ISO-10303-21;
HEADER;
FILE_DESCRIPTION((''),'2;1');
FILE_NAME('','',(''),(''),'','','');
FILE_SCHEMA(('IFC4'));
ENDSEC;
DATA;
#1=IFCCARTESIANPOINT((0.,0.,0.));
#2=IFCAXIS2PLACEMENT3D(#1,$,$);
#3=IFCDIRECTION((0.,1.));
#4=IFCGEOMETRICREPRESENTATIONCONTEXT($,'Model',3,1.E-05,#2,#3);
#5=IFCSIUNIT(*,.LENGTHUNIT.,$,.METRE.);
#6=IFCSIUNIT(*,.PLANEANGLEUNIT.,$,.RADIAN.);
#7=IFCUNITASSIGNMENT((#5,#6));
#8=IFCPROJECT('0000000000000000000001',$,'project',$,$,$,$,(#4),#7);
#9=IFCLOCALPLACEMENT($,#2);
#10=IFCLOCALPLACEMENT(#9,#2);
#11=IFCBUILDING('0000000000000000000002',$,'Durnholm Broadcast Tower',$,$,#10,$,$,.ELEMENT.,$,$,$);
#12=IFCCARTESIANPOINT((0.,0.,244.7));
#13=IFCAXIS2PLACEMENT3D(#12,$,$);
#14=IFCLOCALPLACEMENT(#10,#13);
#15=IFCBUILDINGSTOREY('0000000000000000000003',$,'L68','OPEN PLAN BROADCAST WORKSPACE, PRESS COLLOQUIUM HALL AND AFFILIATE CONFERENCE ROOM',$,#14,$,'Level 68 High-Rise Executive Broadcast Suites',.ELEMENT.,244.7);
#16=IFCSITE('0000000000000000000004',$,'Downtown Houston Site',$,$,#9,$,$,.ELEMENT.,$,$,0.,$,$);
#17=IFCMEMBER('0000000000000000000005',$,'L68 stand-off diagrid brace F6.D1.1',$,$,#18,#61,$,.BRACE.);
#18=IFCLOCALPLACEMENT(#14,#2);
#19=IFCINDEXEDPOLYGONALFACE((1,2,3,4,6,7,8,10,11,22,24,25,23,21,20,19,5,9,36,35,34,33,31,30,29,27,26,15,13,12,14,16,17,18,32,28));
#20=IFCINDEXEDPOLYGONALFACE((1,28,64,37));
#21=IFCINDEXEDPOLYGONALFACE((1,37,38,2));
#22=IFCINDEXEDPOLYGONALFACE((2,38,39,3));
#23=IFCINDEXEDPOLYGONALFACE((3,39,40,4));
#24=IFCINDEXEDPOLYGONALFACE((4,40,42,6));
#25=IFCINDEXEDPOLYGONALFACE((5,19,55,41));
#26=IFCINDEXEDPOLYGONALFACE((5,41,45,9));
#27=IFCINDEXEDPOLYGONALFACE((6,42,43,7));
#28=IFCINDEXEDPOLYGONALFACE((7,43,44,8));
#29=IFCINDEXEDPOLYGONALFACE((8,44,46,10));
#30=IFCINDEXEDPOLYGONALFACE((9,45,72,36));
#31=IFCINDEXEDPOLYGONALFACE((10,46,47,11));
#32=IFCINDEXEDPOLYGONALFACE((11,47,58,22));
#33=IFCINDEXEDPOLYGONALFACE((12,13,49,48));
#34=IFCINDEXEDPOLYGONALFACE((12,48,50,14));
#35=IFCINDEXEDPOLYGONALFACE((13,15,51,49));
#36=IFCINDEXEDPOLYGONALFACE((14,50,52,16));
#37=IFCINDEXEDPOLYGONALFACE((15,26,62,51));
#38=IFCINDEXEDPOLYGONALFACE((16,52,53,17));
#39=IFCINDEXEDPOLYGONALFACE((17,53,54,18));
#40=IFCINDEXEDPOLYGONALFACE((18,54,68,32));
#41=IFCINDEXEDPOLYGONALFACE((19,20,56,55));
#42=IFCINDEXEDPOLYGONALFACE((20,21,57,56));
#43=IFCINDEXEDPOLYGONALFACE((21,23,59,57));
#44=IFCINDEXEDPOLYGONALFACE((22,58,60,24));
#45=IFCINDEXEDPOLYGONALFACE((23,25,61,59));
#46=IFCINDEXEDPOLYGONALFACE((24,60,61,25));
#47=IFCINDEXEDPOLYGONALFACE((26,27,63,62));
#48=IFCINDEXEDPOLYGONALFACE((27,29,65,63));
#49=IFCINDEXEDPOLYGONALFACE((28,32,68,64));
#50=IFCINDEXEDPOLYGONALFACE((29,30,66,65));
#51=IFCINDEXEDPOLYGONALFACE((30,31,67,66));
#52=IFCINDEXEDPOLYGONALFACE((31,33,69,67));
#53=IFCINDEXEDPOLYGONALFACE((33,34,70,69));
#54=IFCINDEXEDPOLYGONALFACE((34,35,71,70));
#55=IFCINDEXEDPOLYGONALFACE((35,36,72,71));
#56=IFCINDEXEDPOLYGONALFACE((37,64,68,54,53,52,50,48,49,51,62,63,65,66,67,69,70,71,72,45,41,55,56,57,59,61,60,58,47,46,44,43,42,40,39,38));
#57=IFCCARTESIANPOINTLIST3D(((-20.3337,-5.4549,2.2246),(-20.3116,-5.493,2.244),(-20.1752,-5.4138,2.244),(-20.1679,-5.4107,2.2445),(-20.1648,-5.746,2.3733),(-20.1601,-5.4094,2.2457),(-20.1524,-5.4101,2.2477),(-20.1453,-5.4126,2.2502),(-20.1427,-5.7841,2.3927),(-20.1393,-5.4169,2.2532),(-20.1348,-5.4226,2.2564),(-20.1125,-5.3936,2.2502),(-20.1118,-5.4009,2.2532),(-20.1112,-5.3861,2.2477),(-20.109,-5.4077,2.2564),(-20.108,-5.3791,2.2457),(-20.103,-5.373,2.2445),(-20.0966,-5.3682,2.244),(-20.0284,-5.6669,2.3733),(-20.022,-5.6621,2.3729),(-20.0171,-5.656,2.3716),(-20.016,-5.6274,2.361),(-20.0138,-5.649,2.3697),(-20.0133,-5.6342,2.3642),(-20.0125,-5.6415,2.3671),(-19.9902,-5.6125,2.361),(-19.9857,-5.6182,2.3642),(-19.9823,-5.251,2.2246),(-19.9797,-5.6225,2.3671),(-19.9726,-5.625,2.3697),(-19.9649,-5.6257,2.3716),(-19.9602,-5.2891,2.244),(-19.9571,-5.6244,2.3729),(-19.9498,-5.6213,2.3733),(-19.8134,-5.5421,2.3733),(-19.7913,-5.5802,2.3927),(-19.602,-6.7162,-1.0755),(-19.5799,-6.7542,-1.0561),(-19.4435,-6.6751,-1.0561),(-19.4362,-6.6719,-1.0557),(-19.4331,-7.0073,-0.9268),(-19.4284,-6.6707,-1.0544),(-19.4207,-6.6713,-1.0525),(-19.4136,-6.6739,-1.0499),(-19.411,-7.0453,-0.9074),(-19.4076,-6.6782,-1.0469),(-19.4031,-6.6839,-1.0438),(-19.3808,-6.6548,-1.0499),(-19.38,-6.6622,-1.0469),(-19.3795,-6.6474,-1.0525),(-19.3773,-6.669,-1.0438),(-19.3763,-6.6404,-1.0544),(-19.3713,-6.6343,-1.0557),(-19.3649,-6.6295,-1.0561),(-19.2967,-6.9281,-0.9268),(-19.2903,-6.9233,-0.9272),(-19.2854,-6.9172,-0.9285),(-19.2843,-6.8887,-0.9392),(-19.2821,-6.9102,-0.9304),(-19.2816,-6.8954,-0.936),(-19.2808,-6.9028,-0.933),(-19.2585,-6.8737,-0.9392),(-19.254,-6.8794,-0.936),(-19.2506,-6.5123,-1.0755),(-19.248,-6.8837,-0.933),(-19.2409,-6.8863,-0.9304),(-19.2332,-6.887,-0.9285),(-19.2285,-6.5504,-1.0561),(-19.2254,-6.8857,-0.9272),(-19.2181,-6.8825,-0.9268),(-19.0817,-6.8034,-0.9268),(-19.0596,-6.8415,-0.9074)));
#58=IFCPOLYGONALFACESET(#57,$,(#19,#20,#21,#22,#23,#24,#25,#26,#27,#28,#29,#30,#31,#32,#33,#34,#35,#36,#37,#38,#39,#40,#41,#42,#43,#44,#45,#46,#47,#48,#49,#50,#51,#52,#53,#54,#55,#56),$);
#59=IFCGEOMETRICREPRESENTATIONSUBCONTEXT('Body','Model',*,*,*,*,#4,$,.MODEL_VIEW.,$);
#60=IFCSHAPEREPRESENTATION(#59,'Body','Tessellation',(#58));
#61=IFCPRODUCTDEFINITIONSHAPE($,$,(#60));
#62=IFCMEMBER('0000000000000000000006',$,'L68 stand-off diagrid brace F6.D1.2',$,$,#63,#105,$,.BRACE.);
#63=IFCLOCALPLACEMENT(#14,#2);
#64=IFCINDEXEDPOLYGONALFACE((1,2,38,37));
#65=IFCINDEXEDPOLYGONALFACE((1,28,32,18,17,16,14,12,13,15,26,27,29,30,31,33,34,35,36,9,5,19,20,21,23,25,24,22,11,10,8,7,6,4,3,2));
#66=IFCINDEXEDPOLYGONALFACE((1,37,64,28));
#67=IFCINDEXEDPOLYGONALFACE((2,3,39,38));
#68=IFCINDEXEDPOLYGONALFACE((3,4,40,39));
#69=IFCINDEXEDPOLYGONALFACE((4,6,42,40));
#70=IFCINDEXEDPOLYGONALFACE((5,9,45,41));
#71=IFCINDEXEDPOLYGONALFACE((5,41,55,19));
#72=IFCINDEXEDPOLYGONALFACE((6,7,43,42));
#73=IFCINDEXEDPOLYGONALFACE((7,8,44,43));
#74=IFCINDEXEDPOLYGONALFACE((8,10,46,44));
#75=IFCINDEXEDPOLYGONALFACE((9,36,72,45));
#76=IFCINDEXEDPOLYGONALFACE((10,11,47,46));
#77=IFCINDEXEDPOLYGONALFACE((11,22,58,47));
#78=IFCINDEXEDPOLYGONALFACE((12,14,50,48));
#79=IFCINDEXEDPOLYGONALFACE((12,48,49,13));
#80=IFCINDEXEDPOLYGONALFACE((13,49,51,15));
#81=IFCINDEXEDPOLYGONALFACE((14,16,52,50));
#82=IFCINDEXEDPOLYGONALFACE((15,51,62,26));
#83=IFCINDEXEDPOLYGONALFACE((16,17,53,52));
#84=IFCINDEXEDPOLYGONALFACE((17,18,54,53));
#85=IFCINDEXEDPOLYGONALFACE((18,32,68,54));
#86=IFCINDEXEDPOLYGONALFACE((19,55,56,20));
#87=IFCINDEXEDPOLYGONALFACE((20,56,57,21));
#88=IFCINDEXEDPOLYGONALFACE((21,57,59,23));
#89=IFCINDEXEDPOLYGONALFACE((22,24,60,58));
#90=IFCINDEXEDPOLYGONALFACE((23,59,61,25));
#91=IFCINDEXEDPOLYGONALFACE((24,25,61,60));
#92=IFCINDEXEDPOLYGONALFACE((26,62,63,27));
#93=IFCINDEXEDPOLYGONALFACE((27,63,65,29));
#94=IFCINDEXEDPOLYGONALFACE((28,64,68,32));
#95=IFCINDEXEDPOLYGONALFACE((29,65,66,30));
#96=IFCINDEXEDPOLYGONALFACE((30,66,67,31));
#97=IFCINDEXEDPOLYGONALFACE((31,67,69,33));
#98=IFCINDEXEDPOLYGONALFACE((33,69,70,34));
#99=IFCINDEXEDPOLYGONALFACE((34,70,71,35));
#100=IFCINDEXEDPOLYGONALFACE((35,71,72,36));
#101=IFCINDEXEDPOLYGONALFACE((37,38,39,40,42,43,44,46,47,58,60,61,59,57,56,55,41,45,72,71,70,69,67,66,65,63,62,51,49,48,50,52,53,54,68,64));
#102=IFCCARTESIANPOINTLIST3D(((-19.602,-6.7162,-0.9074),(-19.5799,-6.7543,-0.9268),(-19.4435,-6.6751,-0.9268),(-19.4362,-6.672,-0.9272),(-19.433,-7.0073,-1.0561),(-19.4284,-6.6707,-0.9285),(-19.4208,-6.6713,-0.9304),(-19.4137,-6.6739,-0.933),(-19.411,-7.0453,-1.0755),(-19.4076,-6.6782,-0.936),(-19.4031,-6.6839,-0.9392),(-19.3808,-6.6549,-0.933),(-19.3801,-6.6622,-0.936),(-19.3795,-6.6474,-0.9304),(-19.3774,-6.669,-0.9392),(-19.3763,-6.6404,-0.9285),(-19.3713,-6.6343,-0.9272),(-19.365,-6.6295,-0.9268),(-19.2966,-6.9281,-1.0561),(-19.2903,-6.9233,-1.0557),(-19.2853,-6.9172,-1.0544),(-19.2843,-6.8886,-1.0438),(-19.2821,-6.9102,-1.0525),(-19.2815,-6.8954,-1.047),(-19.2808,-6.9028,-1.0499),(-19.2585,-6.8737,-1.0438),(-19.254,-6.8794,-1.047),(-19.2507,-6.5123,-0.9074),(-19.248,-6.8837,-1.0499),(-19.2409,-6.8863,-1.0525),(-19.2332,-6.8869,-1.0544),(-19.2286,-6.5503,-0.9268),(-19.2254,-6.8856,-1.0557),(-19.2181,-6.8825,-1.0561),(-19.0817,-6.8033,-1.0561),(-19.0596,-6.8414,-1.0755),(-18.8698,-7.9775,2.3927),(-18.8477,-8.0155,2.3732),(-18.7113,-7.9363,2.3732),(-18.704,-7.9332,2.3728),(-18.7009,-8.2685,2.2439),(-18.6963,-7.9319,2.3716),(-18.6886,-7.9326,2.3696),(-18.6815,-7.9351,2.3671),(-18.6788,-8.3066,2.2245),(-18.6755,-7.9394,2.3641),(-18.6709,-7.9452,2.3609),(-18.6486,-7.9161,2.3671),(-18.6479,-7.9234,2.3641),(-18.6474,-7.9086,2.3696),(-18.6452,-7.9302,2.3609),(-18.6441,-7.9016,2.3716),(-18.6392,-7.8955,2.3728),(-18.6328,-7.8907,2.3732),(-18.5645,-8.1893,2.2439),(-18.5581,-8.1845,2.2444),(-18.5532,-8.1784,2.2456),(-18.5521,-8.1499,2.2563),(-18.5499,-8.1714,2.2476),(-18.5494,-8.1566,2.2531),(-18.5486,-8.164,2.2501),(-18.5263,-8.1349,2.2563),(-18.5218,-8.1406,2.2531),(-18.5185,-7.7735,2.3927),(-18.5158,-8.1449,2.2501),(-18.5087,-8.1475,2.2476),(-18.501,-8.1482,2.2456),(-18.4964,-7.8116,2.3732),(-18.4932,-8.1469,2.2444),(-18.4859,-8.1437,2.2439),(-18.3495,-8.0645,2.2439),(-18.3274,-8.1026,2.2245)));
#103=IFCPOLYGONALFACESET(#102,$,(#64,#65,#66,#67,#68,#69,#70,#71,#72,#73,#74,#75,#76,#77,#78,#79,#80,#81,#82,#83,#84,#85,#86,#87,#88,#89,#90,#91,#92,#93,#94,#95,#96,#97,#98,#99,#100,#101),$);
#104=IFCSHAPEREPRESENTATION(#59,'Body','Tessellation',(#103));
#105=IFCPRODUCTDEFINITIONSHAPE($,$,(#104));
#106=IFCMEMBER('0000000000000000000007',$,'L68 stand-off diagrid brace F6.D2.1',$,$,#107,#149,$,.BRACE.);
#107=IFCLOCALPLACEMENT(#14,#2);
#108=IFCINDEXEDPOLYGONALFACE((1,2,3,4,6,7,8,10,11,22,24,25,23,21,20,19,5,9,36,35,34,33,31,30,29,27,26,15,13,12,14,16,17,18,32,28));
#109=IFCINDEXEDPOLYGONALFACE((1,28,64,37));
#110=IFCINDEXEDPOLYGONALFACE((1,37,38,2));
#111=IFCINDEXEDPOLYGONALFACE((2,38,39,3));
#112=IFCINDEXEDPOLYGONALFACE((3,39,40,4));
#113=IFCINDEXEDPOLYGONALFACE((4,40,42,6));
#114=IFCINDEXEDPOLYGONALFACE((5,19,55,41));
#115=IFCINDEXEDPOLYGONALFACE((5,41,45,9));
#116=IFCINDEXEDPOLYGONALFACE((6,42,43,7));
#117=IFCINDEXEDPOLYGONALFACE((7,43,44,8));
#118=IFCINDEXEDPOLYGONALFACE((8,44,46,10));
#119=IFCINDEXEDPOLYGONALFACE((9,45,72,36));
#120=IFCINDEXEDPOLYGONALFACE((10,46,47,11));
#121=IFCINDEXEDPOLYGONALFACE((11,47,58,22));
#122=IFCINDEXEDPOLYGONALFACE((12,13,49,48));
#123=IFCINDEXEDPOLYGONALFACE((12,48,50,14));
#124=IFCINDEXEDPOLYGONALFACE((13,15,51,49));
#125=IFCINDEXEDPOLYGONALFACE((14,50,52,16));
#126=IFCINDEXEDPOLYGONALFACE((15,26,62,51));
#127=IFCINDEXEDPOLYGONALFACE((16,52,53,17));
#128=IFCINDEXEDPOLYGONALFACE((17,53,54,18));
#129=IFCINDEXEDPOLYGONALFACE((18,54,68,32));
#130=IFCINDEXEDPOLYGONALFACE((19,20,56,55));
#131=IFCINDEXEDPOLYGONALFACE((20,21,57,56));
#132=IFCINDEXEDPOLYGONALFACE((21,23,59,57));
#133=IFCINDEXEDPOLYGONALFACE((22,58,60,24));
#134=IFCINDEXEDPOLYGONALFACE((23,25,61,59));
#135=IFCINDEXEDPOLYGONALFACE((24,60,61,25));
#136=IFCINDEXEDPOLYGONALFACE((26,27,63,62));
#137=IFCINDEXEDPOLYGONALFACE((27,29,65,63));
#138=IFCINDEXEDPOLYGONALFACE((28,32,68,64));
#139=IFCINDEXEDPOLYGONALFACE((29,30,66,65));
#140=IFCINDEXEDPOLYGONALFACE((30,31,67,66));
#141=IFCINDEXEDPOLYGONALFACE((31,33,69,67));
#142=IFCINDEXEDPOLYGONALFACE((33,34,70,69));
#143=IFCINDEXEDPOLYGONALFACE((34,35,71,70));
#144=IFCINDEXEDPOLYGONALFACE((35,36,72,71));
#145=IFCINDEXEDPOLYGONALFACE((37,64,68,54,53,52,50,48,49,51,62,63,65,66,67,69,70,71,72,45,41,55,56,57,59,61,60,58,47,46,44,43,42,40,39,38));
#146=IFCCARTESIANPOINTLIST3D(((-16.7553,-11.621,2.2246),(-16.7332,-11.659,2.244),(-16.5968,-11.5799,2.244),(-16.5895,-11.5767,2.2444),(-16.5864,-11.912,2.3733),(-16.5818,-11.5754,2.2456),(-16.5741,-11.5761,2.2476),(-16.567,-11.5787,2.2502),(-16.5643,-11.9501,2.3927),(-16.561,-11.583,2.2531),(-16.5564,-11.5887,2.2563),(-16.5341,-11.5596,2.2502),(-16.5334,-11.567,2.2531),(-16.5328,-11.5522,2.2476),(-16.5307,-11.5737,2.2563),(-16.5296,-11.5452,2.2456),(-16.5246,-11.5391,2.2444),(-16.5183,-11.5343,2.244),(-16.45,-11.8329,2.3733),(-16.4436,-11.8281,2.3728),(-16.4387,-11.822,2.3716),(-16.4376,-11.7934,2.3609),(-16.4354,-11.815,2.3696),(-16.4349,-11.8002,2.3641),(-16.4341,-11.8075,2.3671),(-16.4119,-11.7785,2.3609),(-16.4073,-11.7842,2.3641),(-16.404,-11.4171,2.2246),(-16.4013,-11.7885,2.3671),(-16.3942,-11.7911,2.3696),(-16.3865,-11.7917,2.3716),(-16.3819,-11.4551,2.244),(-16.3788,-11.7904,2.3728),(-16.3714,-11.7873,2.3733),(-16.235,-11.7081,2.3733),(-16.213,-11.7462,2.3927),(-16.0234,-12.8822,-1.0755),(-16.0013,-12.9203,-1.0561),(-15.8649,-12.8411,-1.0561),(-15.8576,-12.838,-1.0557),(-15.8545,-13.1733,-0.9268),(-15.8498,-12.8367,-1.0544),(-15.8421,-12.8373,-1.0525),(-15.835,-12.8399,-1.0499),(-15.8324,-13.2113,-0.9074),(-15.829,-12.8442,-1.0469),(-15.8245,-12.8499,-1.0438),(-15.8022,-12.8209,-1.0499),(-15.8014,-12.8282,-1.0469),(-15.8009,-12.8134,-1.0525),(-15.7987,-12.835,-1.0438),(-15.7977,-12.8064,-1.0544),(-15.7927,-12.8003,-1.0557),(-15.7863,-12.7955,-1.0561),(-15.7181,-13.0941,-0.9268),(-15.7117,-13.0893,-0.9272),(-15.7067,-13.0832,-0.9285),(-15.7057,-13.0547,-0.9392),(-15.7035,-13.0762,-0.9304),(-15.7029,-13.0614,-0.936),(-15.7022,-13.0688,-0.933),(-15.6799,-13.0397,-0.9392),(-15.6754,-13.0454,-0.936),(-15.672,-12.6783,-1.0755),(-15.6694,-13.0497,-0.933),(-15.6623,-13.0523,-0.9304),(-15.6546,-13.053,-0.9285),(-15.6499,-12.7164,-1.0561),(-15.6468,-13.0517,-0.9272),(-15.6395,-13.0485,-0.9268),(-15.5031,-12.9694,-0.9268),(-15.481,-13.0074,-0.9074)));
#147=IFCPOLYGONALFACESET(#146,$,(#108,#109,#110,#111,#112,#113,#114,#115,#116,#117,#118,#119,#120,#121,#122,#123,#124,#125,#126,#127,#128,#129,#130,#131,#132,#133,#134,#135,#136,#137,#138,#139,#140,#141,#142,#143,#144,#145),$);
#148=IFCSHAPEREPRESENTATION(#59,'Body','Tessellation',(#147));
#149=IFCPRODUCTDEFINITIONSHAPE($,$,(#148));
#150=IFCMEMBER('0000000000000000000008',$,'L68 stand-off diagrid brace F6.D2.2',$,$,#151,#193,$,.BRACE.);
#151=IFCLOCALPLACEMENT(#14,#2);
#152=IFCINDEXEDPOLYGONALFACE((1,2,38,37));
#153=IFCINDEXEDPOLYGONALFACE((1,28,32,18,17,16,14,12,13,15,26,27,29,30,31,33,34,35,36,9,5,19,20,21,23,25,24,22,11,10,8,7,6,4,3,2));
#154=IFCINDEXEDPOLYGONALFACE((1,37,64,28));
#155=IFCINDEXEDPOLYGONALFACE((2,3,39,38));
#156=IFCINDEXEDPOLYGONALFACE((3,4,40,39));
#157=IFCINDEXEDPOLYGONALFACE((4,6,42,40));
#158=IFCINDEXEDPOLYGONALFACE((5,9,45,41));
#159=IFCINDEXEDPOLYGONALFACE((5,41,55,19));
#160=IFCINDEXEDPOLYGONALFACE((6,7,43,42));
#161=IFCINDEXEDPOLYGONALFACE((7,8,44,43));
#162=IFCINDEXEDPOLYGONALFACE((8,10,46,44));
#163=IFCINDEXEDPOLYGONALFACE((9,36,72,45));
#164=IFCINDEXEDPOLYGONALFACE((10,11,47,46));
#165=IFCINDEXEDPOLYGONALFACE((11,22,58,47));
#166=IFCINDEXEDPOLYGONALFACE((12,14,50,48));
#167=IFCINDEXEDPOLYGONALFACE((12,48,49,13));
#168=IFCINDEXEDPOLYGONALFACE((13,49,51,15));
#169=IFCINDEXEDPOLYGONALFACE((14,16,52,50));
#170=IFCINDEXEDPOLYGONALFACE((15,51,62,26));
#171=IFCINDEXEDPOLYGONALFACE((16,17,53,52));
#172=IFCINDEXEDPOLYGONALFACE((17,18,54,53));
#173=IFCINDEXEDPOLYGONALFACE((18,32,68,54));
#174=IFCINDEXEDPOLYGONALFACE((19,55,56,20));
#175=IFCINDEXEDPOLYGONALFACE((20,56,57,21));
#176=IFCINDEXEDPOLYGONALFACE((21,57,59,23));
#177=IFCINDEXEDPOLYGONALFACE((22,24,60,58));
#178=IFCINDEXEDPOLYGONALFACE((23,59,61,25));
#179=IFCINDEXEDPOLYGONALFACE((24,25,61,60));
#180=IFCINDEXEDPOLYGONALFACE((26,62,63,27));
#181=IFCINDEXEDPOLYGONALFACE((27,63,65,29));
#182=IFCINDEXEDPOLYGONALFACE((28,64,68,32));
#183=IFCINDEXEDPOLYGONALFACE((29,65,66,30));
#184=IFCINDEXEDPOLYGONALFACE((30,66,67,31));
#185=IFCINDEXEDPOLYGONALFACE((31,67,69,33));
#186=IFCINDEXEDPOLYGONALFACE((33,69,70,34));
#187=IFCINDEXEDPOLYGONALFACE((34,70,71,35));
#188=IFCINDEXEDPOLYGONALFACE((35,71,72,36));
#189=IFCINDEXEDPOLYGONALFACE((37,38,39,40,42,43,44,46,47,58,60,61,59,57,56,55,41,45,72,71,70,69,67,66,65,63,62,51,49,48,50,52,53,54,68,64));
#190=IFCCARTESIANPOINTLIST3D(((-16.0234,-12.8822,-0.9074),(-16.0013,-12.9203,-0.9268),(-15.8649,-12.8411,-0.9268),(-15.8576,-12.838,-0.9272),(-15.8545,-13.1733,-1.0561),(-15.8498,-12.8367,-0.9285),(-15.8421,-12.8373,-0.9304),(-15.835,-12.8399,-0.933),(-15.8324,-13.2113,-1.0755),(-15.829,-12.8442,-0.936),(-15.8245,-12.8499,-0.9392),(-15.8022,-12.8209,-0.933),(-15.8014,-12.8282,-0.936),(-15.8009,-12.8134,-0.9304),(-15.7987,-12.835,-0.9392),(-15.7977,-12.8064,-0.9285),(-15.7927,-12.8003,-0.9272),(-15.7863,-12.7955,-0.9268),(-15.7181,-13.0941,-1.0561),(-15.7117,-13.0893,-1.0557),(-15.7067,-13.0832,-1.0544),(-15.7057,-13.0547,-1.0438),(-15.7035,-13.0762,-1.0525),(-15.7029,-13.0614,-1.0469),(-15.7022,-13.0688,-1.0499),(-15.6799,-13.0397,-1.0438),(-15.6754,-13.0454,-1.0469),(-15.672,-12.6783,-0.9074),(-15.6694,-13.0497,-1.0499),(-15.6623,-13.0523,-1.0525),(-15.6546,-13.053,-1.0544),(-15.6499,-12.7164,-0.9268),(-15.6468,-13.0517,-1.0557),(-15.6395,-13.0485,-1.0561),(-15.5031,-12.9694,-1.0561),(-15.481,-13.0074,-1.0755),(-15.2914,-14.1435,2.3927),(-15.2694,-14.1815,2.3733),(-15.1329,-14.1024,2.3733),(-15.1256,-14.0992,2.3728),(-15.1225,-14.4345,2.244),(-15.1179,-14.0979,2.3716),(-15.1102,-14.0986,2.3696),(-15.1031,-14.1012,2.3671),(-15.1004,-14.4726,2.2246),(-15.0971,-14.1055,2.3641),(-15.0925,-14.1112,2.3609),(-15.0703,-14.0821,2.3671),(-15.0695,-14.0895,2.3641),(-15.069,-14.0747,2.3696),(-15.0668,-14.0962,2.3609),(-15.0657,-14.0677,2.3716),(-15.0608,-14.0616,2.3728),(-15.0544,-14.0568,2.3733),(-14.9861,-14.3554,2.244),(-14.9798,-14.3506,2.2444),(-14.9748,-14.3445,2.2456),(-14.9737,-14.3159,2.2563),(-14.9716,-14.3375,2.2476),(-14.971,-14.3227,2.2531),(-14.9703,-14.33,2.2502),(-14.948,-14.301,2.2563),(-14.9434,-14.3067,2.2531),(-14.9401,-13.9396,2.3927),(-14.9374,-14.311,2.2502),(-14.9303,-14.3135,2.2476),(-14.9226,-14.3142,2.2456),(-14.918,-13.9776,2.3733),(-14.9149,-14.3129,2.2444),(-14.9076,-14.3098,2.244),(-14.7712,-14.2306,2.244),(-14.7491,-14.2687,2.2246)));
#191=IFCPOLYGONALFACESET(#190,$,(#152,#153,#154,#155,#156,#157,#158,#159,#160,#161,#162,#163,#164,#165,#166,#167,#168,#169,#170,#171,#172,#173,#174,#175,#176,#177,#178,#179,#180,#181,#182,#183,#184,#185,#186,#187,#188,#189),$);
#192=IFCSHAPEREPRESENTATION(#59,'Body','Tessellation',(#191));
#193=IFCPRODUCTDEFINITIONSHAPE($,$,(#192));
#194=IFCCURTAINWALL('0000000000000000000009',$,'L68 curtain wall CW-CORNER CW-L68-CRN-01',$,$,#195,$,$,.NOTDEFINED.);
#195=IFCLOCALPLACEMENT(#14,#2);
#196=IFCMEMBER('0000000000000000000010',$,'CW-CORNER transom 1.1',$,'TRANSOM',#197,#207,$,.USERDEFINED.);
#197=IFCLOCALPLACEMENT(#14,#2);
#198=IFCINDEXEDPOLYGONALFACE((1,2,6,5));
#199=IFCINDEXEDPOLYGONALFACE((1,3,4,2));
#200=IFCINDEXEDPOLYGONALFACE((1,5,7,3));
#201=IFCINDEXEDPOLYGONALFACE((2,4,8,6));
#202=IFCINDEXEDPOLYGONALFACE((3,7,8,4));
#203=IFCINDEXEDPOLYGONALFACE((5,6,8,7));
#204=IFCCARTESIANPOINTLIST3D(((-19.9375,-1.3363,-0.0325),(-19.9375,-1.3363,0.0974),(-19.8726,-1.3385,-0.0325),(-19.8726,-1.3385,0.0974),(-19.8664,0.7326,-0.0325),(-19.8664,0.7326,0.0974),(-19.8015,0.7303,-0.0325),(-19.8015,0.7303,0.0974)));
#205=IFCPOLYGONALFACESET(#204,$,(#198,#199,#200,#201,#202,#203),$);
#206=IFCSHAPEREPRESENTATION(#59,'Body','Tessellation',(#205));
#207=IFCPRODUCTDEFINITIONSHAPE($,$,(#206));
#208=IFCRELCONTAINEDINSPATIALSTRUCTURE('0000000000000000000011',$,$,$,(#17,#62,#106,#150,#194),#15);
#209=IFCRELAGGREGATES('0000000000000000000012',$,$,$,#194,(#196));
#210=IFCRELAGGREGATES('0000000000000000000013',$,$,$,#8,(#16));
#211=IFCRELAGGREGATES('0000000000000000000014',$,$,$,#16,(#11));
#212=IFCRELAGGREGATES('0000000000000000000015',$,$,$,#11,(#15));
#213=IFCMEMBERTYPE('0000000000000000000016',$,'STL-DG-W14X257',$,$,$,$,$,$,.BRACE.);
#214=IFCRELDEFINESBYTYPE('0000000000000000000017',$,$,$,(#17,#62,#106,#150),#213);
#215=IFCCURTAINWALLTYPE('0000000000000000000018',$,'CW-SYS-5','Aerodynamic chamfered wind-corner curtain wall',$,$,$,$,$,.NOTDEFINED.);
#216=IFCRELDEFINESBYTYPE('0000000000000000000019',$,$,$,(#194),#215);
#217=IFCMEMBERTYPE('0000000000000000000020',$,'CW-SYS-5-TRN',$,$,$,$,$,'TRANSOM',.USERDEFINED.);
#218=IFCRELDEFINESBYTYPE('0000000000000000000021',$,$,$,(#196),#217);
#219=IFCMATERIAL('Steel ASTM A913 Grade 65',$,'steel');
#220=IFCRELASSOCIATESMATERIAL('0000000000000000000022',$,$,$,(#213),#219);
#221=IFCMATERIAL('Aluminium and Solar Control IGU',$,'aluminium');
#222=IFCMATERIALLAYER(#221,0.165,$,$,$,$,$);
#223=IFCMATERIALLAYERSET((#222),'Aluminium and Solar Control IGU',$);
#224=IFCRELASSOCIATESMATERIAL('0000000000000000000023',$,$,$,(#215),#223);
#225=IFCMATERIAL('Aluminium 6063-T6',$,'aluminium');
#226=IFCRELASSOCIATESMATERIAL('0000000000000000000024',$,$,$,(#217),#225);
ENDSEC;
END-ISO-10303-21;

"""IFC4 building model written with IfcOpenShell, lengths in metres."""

from ifc_helpers import new_model, si_unit, direction, frame, origin, origin_2d, place, context, subcontext, project, spatial, rectangle, i_section, extrude, source, transform, mapped, material, layer, layer_set, material_profile, profile_set, type_object, type_shapes, element, aggregate, save


model = new_model("IFC4")

# Units and contexts
model_context = context("Model", 3, precision=1e-05, world=origin(), true_north=direction((0.0, 1.0)))
body_context = subcontext(model_context, "Body", "Model", "MODEL_VIEW")
ifc_project = project(units=[si_unit("LENGTHUNIT", "METRE"), si_unit("PLANEANGLEUNIT", "RADIAN")], contexts=[model_context])

# Site, building, storey
site_placement = place(None, origin())
site = spatial("IfcSite", under=ifc_project, at=site_placement, Name="Downtown Houston Site", CompositionType="ELEMENT", RefElevation=0.0)
building_placement = place(site_placement, origin())
building = spatial("IfcBuilding", under=site, at=building_placement, Name="Durnholm Broadcast Tower", CompositionType="ELEMENT")
storey_placement = place(building_placement, frame((0.0, 0.0, 244.7)))
storey = spatial("IfcBuildingStorey", under=building, at=storey_placement, Name="L68", Description="OPEN PLAN BROADCAST WORKSPACE, PRESS COLLOQUIUM HALL AND AFFILIATE CONFERENCE ROOM", LongName="Level 68 High-Rise Executive Broadcast Suites", CompositionType="ELEMENT", Elevation=244.7)

# Members
ifc_material_1 = material(Name="Steel ASTM A913 Grade 65", Category="steel")
ifc_material_profile_1 = material_profile(ifc_material_1, i_section(OverallWidth=0.4062, OverallDepth=0.416, WebThickness=0.0298, FlangeThickness=0.0481, FilletRadius=0.0305, at=origin_2d()), Name="W14X257")
ifc_profile_set_1 = profile_set([ifc_material_profile_1], Name="Steel ASTM A913 Grade 65")
member_type_1 = type_object("IfcMemberType", Name="STL-DG-W14X257", PredefinedType="BRACE", material=ifc_profile_set_1)
shared_shape_1 = source(origin(), body_context, "Body", "SweptSolid", [
    extrude(i_section(OverallWidth=0.4062, OverallDepth=0.416, WebThickness=0.0298, FlangeThickness=0.0481, FilletRadius=0.0305, at=origin_2d()), origin(), (0.0, 0.0, 1.0), 3.6079),
])
type_shapes(member_type_1, [shared_shape_1])
for number, where, z_axis, x_axis, name in (
    (1, (-19.3308, -6.7788, -0.9915), (-0.202806, 0.349582, 0.914692), (-0.864979, -0.501808, 0.0), "L68 stand-off diagrid brace F6.D1.1"),
    (2, (-19.3308, -6.7788, -0.9915), (0.202936, -0.349572, 0.914667), (0.864833, 0.502059, 0.0), "L68 stand-off diagrid brace F6.D1.2"),
    (3, (-15.7522, -12.9448, -0.9915), (-0.202871, 0.349577, 0.91468), (-0.864906, -0.501934, 0.0), "L68 stand-off diagrid brace F6.D2.1"),
    (4, (-15.7522, -12.9448, -0.9915), (0.202871, -0.349577, 0.91468), (0.864906, 0.501934, 0.0), "L68 stand-off diagrid brace F6.D2.2"),
):
    element("IfcMember", number, at=place(storey_placement, frame(where, z_axis=z_axis, x_axis=x_axis)), inside=storey, type_object=member_type_1, Name=name, PredefinedType="BRACE", context=body_context, shape_type="MappedRepresentation", body=[
        mapped(shared_shape_1, transform((0.0, 0.0, 0.0), x_axis=(1.0, 0.0, 0.0), y_axis=(0.0, 1.0, 0.0), z_axis=(0.0, 0.0, 1.0), scale=1.0)),
    ])

# Curtain wall, member
ifc_material_2 = material(Name="Aluminium and Solar Control IGU", Category="aluminium")
ifc_layer_1 = layer(ifc_material_2, 0.165)
ifc_layer_set_1 = layer_set([ifc_layer_1], Name="Aluminium and Solar Control IGU")
curtain_wall_type_1 = type_object("IfcCurtainWallType", Name="CW-SYS-5", Description="Aerodynamic chamfered wind-corner curtain wall", PredefinedType="NOTDEFINED", material=ifc_layer_set_1)
curtain_wall_1_placement = place(storey_placement, origin())
curtain_wall_1 = element("IfcCurtainWall", 5, at=curtain_wall_1_placement, inside=storey, type_object=curtain_wall_type_1, Name="L68 curtain wall CW-CORNER CW-L68-CRN-01", PredefinedType="NOTDEFINED")
ifc_material_3 = material(Name="Aluminium 6063-T6", Category="aluminium")
ifc_material_profile_2 = material_profile(ifc_material_3, rectangle(XDim=0.0649, YDim=0.1299, at=origin_2d()), Name="CWT65X130")
ifc_profile_set_2 = profile_set([ifc_material_profile_2], Name="Aluminium 6063-T6")
member_type_2 = type_object("IfcMemberType", Name="CW-SYS-5-TRN", ElementType="TRANSOM", PredefinedType="USERDEFINED", material=ifc_profile_set_2)
shared_shape_2 = source(origin(), body_context, "Body", "SweptSolid", [
    extrude(rectangle(XDim=0.0649, YDim=0.1299, at=origin_2d()), origin(), (0.0, 0.0, 1.0), 2.0701),
])
member_1_placement = place(storey_placement, frame((-19.905, -1.3374, 0.0325), z_axis=(0.03432, 0.999411, 0.0), x_axis=(-0.999411, 0.03432, 0.0)))
member_1 = element("IfcMember", 6, at=member_1_placement, type_object=member_type_2, Name="CW-CORNER transom 1.1", ObjectType="TRANSOM", PredefinedType="USERDEFINED", context=body_context, shape_type="MappedRepresentation", body=[
    mapped(shared_shape_2, transform((0.0, 0.0, 0.0), x_axis=(1.0, 0.0, 0.0), y_axis=(0.0, 1.0, 0.0), z_axis=(0.0, 0.0, 1.0), scale=1.0)),
])

aggregate(curtain_wall_1, [member_1])

save(model, "model.ifc")
